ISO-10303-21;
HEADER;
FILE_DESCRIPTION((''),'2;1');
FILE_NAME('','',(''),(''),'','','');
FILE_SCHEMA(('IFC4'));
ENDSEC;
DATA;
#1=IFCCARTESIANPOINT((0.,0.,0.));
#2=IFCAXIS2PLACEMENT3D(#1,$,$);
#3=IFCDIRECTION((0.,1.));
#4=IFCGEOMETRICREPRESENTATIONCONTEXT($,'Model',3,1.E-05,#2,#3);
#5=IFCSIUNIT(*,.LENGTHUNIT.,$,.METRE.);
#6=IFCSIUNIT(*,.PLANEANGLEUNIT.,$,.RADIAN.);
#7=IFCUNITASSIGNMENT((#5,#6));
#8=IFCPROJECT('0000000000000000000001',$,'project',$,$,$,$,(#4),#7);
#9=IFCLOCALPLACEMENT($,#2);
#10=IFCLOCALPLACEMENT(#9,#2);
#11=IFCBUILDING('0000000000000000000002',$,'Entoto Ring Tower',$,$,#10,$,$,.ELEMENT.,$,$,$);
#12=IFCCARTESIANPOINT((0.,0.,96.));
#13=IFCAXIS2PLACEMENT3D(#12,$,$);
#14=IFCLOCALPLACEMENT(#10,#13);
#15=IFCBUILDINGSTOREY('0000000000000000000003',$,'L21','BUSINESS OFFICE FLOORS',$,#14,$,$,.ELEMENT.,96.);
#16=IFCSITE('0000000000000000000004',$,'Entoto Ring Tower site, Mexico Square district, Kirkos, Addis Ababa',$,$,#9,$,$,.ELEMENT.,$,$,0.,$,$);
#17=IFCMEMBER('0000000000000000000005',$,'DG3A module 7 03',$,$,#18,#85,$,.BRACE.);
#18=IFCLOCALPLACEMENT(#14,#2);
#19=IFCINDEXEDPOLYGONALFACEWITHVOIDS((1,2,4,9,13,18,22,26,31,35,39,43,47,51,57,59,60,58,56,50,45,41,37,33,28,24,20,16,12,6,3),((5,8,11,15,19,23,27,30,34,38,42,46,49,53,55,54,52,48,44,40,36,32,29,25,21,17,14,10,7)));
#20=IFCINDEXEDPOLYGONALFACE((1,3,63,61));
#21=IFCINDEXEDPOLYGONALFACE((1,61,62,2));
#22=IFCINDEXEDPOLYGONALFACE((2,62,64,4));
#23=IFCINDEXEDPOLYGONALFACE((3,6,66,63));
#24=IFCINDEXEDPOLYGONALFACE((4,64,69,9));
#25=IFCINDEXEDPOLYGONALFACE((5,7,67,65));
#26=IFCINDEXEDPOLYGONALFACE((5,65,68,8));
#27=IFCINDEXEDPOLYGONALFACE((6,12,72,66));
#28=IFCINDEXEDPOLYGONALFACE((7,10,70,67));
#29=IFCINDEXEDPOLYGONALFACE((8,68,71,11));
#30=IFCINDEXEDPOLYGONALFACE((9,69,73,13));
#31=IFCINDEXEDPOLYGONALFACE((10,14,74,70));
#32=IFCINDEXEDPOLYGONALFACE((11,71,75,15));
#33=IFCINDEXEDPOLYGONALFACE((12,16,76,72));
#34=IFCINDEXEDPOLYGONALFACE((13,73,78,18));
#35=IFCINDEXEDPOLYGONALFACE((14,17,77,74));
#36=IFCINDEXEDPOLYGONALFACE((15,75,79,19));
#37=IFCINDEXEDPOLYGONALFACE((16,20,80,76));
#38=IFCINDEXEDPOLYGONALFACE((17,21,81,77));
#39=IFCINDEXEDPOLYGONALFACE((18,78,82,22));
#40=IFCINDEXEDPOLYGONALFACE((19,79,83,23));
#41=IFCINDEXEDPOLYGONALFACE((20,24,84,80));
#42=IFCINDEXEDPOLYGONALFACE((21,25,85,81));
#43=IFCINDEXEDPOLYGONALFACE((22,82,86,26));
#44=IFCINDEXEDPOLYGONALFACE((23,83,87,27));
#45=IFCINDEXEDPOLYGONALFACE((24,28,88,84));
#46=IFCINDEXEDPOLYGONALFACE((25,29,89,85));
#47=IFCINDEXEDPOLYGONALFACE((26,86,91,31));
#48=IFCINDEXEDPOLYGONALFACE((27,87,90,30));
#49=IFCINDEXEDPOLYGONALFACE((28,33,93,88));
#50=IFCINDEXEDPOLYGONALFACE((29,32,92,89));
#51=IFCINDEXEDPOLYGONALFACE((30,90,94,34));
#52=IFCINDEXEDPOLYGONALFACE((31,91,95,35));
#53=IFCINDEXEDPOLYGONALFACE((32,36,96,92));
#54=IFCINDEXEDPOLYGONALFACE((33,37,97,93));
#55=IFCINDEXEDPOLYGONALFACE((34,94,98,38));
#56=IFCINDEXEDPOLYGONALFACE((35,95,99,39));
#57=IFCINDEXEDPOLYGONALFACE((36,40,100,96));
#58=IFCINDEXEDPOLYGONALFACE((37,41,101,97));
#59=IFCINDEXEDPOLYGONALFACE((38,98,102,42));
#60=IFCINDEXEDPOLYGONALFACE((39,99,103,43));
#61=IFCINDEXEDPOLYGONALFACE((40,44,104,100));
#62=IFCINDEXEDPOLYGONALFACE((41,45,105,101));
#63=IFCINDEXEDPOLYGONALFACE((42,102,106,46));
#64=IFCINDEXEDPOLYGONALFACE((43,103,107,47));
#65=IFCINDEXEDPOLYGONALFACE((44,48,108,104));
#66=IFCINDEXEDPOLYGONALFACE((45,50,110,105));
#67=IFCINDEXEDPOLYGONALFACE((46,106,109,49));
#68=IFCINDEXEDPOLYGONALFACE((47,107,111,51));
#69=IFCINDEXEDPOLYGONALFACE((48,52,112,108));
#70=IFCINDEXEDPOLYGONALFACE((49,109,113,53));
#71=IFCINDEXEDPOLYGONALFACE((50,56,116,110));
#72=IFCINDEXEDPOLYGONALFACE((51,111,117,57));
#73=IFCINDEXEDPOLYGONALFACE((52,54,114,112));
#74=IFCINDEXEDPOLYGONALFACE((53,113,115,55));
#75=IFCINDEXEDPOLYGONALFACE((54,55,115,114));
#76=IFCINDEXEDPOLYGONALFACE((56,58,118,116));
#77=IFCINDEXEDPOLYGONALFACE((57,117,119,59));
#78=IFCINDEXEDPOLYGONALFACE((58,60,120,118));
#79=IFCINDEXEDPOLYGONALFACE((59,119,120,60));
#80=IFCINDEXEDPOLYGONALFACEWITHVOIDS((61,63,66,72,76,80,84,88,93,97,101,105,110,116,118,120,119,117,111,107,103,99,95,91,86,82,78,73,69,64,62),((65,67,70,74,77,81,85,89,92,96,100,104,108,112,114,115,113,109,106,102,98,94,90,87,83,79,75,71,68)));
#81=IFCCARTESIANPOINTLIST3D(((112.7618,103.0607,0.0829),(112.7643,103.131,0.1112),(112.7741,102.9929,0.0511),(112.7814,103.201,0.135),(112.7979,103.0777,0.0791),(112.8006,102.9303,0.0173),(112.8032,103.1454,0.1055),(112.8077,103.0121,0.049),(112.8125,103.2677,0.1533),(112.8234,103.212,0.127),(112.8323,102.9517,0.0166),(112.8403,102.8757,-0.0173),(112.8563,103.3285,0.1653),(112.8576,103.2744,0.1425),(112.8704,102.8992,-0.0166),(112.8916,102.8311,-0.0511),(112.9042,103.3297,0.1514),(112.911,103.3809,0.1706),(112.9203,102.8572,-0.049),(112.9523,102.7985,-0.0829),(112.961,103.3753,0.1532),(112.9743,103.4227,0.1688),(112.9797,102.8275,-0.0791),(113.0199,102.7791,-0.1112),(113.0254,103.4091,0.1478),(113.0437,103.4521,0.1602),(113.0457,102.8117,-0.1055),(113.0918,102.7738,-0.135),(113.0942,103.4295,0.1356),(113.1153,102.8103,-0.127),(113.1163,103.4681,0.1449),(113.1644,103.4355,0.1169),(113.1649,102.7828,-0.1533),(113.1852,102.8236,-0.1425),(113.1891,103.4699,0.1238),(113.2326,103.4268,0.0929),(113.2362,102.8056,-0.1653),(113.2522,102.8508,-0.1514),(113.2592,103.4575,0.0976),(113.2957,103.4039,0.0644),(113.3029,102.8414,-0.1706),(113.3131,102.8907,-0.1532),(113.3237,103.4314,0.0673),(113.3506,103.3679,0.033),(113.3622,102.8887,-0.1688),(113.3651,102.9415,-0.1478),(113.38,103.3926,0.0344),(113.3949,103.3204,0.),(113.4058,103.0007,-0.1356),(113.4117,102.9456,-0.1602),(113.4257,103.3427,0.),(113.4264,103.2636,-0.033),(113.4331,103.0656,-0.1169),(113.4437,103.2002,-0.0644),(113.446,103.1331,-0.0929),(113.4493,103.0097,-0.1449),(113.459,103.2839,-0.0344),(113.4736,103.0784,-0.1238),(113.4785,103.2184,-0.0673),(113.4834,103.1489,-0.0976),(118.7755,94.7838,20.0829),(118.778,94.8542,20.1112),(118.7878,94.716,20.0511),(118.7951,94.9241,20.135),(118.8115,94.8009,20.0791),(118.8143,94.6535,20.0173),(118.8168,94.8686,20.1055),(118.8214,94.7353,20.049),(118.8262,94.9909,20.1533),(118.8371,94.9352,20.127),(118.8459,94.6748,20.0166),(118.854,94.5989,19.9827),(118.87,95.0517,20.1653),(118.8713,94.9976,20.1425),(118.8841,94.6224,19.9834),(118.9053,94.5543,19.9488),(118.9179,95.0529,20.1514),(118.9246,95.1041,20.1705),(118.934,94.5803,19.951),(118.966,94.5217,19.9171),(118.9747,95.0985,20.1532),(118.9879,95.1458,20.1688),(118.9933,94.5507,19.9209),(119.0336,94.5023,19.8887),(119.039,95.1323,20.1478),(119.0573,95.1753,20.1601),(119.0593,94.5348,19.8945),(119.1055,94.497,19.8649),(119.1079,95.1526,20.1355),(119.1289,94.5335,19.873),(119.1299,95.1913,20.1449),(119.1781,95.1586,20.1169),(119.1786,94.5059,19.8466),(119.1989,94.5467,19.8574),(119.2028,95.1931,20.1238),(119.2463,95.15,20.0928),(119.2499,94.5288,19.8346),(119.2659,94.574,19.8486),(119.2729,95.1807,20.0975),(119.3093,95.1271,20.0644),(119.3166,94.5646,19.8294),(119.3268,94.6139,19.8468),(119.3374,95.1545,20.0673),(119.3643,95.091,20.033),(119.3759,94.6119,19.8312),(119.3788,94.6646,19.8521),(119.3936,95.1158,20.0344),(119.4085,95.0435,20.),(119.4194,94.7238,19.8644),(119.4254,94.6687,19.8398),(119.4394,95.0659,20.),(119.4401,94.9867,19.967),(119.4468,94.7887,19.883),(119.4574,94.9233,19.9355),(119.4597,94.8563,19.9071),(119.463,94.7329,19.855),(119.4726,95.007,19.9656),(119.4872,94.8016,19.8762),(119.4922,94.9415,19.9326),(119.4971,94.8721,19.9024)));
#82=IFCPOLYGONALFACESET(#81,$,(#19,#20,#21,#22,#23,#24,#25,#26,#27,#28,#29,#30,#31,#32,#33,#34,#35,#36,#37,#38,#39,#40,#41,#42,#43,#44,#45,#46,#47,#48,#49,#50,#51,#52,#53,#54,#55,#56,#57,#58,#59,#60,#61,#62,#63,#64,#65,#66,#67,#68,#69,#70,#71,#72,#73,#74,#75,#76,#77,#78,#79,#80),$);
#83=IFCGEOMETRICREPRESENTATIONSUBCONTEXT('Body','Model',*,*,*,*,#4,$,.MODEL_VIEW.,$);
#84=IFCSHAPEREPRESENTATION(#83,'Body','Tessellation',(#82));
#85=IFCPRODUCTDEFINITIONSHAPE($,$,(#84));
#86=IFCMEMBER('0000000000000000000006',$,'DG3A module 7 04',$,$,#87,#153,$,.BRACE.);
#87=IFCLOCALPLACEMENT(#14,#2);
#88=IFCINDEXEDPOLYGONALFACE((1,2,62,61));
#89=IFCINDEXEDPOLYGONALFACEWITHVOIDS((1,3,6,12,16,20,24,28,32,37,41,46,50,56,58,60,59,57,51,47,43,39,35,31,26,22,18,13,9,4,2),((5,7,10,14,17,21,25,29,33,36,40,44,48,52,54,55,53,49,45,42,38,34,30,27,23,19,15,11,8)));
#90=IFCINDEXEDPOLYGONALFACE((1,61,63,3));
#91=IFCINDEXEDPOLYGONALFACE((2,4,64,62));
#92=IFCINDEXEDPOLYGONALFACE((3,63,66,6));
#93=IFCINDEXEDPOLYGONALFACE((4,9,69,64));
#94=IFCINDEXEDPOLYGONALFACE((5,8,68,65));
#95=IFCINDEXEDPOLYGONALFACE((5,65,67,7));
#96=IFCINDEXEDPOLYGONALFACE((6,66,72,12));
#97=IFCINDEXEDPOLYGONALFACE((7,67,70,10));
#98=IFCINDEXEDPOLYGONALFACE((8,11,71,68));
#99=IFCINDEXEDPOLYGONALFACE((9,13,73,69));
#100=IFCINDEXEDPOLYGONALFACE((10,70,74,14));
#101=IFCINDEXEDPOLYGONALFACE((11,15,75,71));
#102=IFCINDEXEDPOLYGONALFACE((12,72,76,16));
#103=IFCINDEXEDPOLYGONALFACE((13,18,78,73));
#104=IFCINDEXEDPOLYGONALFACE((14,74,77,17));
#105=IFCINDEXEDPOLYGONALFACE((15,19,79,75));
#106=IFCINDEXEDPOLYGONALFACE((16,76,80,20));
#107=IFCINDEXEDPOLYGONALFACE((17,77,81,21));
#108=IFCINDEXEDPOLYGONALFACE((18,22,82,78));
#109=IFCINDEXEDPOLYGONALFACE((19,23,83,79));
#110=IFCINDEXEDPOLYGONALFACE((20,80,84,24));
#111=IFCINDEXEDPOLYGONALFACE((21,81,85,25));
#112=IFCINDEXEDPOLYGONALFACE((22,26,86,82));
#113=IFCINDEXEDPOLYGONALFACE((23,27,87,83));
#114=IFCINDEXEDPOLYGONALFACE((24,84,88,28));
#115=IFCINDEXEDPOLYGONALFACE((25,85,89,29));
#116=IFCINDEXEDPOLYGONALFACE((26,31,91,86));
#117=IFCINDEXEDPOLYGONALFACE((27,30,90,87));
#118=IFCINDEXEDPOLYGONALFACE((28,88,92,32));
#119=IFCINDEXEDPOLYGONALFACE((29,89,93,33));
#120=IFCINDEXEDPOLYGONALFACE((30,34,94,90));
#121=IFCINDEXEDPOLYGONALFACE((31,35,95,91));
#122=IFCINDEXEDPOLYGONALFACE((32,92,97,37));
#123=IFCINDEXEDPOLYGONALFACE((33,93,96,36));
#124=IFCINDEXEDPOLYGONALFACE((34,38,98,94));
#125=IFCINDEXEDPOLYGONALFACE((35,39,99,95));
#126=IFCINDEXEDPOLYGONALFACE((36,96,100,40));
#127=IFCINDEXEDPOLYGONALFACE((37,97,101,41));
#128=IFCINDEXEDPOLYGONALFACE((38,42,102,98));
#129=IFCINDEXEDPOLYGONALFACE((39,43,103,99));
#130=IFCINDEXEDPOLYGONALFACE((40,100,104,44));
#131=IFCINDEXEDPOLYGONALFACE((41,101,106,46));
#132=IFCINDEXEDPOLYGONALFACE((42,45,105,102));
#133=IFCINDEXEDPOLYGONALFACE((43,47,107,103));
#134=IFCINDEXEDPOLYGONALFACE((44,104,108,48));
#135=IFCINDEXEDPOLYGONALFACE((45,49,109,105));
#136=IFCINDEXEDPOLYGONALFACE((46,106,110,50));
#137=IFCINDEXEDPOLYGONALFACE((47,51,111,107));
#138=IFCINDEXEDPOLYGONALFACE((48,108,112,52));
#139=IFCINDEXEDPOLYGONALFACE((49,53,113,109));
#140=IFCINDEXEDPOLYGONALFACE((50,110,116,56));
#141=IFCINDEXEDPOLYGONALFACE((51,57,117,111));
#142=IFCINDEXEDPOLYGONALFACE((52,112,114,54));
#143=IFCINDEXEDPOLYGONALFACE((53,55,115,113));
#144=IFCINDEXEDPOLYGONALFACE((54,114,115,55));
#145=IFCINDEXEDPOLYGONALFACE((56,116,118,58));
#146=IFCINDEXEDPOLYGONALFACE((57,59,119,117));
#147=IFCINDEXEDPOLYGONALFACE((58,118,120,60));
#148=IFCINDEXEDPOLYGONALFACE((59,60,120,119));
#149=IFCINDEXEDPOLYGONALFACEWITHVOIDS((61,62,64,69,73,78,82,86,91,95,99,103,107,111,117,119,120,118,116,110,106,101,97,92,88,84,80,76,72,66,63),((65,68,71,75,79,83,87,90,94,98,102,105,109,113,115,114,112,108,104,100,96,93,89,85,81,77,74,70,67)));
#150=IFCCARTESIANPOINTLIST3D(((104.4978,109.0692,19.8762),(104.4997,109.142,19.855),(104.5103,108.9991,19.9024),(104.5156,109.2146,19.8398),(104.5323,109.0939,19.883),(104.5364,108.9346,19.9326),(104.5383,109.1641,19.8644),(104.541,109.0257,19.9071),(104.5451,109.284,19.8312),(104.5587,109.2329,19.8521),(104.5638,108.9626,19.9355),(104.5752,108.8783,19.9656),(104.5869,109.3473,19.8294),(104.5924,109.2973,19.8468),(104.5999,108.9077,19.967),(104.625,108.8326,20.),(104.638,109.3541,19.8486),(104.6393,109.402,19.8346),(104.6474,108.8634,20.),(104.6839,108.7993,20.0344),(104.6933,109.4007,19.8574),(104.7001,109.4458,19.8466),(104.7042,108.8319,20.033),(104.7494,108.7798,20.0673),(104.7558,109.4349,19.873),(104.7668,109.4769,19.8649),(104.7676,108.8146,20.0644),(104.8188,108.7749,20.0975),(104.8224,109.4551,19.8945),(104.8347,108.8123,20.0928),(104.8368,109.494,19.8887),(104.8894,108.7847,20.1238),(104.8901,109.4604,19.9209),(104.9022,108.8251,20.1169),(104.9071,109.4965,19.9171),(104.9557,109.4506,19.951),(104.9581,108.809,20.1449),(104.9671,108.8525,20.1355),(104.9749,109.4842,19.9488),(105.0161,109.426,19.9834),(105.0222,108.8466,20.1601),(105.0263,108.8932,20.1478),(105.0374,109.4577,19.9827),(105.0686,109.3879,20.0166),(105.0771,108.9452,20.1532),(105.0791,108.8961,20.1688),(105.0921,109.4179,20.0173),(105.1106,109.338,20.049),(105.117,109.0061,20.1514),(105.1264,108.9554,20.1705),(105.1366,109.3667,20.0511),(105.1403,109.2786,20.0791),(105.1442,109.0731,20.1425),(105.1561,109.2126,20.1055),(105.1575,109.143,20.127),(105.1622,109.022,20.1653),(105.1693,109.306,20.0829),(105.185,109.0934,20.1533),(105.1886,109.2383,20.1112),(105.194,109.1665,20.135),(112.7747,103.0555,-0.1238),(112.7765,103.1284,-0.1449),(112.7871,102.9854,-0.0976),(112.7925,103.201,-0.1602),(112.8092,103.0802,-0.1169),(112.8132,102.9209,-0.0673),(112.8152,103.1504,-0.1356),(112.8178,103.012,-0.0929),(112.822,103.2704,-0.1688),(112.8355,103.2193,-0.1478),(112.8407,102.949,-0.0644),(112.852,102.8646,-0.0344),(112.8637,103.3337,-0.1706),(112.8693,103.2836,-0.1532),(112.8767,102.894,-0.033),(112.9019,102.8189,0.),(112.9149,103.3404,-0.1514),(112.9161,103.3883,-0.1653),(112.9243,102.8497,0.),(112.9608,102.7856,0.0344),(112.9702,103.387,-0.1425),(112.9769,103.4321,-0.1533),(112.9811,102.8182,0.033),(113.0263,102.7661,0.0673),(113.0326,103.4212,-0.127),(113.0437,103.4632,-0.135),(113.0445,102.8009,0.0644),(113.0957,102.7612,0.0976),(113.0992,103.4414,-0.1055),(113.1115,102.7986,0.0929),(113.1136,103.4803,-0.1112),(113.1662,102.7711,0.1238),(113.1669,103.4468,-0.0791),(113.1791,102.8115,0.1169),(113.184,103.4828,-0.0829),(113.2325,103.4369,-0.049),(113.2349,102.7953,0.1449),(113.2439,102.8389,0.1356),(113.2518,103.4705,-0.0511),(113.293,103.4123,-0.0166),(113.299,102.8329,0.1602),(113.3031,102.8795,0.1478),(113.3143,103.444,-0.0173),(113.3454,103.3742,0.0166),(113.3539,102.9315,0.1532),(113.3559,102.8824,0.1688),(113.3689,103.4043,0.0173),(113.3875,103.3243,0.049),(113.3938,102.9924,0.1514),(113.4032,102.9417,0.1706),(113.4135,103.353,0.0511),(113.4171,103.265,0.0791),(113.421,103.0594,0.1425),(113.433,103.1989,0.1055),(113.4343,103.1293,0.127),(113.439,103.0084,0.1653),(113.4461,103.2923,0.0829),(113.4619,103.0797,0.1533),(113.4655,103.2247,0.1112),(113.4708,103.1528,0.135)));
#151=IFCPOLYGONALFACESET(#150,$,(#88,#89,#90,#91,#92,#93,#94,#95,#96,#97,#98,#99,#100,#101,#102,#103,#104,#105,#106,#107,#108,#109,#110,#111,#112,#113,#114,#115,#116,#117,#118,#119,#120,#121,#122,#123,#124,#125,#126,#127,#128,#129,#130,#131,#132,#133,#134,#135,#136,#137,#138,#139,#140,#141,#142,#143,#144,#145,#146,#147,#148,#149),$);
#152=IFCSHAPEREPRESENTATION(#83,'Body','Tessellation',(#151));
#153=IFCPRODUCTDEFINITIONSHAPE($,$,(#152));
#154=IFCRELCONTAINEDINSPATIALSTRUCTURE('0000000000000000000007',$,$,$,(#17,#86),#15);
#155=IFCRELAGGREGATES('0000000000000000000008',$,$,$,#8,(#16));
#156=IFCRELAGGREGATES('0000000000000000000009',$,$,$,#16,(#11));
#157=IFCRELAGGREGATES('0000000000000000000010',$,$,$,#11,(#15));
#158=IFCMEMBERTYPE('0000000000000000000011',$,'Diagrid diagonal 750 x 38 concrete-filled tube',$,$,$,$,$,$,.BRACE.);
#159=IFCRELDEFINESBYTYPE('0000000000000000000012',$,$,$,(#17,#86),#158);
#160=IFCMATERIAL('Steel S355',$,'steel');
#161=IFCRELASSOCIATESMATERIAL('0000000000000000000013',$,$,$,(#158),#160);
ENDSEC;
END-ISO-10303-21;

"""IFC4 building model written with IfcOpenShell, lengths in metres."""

from ifc_helpers import new_model, si_unit, direction, frame, origin, origin_2d, place, context, subcontext, project, spatial, circle, hollow_circle, extrude, material, material_profile, profile_set, type_object, element, save


model = new_model("IFC4")

# Units and contexts
model_context = context("Model", 3, precision=1e-05, world=origin(), true_north=direction((0.0, 1.0)))
body_context = subcontext(model_context, "Body", "Model", "MODEL_VIEW")
ifc_project = project(units=[si_unit("LENGTHUNIT", "METRE"), si_unit("PLANEANGLEUNIT", "RADIAN")], contexts=[model_context])

# Site, building, storey
site_placement = place(None, origin())
site = spatial("IfcSite", under=ifc_project, at=site_placement, Name="Entoto Ring Tower site, Mexico Square district, Kirkos, Addis Ababa", CompositionType="ELEMENT", RefElevation=0.0)
building_placement = place(site_placement, origin())
building = spatial("IfcBuilding", under=site, at=building_placement, Name="Entoto Ring Tower", CompositionType="ELEMENT")
storey_placement = place(building_placement, frame((0.0, 0.0, 96.0)))
storey = spatial("IfcBuildingStorey", under=building, at=storey_placement, Name="L21", Description="BUSINESS OFFICE FLOORS", CompositionType="ELEMENT", Elevation=96.0)

# Members
ifc_material_1 = material(Name="Steel S355", Category="steel")
ifc_material_profile_1 = material_profile(ifc_material_1, hollow_circle(Radius=0.375, WallThickness=0.0381, at=origin_2d()), Name="CHS 750 x 38")
ifc_material_2 = material(Name="Concrete C60/75", Category="concrete")
ifc_material_profile_2 = material_profile(ifc_material_2, circle(Radius=0.3369, at=origin_2d()), Name="Concrete C60/75 infill")
ifc_profile_set_1 = profile_set([ifc_material_profile_1, ifc_material_profile_2], Name="Steel S355")
member_type_1 = type_object("IfcMemberType", Name="Diagrid diagonal 750 x 38 concrete-filled tube", PredefinedType="BRACE", material=ifc_profile_set_1)
for number, where, z_axis, x_axis, name in (
    (1, (113.1223, 103.1223, 0.0), (0.267692, -0.368435, 0.890279), (0.809008, 0.587797, 0.0), "DG3A module 7 03"),
    (2, (113.1223, 103.1223, 0.0), (-0.368435, 0.267692, 0.890279), (-0.587797, -0.809008, 0.0), "DG3A module 7 04"),
):
    element("IfcMember", number, at=place(storey_placement, frame(where, z_axis=z_axis, x_axis=x_axis)), inside=storey, type_object=member_type_1, Name=name, PredefinedType="BRACE", context=body_context, shape_type="SweptSolid", body=[
        extrude(hollow_circle(Radius=0.375, WallThickness=0.0381, at=origin_2d()), origin(), (0.0, 0.0, 1.0), 22.4648),
    ])

save(model, "model.ifc")
